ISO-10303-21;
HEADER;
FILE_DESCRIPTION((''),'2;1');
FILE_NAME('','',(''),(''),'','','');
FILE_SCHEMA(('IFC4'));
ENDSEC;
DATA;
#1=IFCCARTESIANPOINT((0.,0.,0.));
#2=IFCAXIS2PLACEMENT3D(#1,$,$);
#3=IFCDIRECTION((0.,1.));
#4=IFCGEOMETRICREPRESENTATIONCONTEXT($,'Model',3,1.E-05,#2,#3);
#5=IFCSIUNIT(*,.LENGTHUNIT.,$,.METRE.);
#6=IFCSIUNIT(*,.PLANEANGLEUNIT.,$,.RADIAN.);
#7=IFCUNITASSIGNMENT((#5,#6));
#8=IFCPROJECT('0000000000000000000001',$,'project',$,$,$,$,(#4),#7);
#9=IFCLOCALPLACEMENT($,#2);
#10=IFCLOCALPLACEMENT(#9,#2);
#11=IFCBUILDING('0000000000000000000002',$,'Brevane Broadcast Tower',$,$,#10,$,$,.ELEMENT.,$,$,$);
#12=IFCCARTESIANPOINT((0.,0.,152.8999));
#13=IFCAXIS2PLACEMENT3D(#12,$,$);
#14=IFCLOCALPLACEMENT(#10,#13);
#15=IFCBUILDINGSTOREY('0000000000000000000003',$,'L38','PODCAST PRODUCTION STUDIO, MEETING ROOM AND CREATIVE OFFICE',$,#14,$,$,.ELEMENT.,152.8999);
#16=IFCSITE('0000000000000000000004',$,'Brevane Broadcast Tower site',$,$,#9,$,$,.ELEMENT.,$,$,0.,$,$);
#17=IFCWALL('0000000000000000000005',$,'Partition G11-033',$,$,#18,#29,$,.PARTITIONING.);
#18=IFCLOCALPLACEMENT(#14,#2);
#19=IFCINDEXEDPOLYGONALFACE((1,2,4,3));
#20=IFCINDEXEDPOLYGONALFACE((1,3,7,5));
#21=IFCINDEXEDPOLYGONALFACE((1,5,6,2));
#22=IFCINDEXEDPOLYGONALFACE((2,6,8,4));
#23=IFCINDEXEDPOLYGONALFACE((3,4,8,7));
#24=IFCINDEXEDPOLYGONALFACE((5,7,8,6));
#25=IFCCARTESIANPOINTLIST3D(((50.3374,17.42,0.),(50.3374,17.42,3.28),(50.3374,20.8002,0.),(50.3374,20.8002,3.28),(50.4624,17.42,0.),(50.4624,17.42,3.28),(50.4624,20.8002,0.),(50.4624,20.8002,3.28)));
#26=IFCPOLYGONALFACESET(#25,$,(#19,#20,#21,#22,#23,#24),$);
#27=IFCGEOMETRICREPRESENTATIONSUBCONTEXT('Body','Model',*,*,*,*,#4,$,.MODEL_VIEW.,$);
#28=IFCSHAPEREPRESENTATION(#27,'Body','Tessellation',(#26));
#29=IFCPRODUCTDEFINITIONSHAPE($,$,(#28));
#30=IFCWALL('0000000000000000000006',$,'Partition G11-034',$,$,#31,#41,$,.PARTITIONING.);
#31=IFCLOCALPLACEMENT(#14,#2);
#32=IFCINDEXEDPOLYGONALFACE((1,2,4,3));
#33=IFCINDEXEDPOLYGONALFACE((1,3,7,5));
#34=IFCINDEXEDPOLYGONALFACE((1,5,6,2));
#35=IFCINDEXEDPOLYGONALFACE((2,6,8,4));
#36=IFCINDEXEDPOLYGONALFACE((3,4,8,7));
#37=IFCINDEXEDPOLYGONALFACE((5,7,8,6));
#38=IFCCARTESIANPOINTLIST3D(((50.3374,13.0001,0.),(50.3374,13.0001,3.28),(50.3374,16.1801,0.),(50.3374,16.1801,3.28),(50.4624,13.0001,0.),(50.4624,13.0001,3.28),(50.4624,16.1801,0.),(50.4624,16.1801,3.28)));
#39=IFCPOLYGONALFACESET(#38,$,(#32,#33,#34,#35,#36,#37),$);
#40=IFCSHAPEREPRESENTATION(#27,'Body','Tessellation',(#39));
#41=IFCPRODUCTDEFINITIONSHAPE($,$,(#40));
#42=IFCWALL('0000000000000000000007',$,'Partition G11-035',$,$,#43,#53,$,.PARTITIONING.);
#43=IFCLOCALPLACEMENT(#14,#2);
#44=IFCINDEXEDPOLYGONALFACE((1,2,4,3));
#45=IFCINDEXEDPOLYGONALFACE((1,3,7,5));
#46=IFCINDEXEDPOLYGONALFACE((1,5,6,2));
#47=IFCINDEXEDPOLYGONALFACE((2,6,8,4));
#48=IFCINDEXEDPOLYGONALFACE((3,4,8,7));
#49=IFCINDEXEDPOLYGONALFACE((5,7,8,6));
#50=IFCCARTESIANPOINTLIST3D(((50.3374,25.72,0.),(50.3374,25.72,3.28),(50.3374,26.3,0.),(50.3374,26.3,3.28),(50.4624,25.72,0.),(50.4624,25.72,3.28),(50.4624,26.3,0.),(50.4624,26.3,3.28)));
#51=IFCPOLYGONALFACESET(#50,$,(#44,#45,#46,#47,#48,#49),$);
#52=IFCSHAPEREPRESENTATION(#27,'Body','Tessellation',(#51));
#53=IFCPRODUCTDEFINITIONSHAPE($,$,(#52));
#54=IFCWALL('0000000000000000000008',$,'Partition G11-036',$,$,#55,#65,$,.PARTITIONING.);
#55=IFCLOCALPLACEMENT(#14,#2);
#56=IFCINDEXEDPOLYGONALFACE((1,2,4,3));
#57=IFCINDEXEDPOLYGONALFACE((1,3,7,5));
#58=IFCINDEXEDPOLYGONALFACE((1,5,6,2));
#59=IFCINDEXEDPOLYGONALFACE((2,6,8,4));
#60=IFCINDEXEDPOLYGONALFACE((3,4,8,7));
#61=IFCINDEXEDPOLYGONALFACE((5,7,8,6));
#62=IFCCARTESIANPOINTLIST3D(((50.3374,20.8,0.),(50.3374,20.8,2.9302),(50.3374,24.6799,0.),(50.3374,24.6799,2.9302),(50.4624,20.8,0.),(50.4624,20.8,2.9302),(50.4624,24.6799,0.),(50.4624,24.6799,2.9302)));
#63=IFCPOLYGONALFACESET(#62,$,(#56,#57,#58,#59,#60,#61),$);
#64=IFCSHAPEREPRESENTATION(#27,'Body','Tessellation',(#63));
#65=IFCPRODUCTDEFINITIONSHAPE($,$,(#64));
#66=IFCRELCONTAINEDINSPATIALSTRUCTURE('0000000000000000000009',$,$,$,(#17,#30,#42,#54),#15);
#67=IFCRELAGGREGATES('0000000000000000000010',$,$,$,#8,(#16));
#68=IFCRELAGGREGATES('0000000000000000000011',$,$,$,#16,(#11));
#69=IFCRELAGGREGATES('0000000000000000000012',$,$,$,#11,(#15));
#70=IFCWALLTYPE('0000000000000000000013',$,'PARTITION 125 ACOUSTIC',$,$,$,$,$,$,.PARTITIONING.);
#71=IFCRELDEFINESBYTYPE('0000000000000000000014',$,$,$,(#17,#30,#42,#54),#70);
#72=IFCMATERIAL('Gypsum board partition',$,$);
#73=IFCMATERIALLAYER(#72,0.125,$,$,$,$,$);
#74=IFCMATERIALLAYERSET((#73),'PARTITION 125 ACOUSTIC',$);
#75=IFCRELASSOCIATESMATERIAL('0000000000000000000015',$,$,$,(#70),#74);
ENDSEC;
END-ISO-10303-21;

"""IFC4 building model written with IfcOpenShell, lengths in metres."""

from ifc_helpers import new_model, si_unit, direction, frame, frame_2d, origin, place, context, subcontext, project, spatial, rectangle, extrude, material, layer, layer_set, type_object, element, save


model = new_model("IFC4")

# Units and contexts
model_context = context("Model", 3, precision=1e-05, world=origin(), true_north=direction((0.0, 1.0)))
body_context = subcontext(model_context, "Body", "Model", "MODEL_VIEW")
ifc_project = project(units=[si_unit("LENGTHUNIT", "METRE"), si_unit("PLANEANGLEUNIT", "RADIAN")], contexts=[model_context])

# Site, building, storey
site_placement = place(None, origin())
site = spatial("IfcSite", under=ifc_project, at=site_placement, Name="Brevane Broadcast Tower site", CompositionType="ELEMENT", RefElevation=0.0)
building_placement = place(site_placement, origin())
building = spatial("IfcBuilding", under=site, at=building_placement, Name="Brevane Broadcast Tower", CompositionType="ELEMENT")
storey_placement = place(building_placement, frame((0.0, 0.0, 152.8999)))
storey = spatial("IfcBuildingStorey", under=building, at=storey_placement, Name="L38", Description="PODCAST PRODUCTION STUDIO, MEETING ROOM AND CREATIVE OFFICE", CompositionType="ELEMENT", Elevation=152.8999)

# Shared definitions
ifc_material_1 = material(Name="Gypsum board partition")

# Walls
ifc_layer_1 = layer(ifc_material_1, 0.125)
ifc_layer_set_1 = layer_set([ifc_layer_1], Name="PARTITION 125 ACOUSTIC")
wall_type_1 = type_object("IfcWallType", Name="PARTITION 125 ACOUSTIC", PredefinedType="PARTITIONING", material=ifc_layer_set_1)
wall_1_placement = place(storey_placement, frame((50.3999, 20.8, 0.0), z_axis=(0.0, 0.0, 1.0), x_axis=(0.0, -1.0, 0.0)))
element("IfcWall", 1, at=wall_1_placement, inside=storey, type_object=wall_type_1, Name="Partition G11-033", PredefinedType="PARTITIONING", context=body_context, shape_type="SweptSolid", body=[
    extrude(rectangle(XDim=3.3801, YDim=0.125, at=frame_2d((1.6899, 0.0))), origin(), (0.0, 0.0, 1.0), 3.28),
])
wall_2_placement = place(storey_placement, frame((50.3999, 16.1799, 0.0), z_axis=(0.0, 0.0, 1.0), x_axis=(0.0, -1.0, 0.0)))
element("IfcWall", 2, at=wall_2_placement, inside=storey, type_object=wall_type_1, Name="Partition G11-034", PredefinedType="PARTITIONING", context=body_context, shape_type="SweptSolid", body=[
    extrude(rectangle(XDim=3.1799, YDim=0.125, at=frame_2d((1.5898, 0.0))), origin(), (0.0, 0.0, 1.0), 3.28),
])
wall_3_placement = place(storey_placement, frame((50.3999, 26.3, 0.0), z_axis=(0.0, 0.0, 1.0), x_axis=(0.0, -1.0, 0.0)))
element("IfcWall", 3, at=wall_3_placement, inside=storey, type_object=wall_type_1, Name="Partition G11-035", PredefinedType="PARTITIONING", context=body_context, shape_type="SweptSolid", body=[
    extrude(rectangle(XDim=0.5801, YDim=0.125, at=frame_2d((0.29, 0.0))), origin(), (0.0, 0.0, 1.0), 3.28),
])
wall_4_placement = place(storey_placement, frame((50.3999, 24.6799, 0.0), z_axis=(0.0, 0.0, 1.0), x_axis=(0.0, -1.0, 0.0)))
element("IfcWall", 4, at=wall_4_placement, inside=storey, type_object=wall_type_1, Name="Partition G11-036", PredefinedType="PARTITIONING", context=body_context, shape_type="SweptSolid", body=[
    extrude(rectangle(XDim=3.8799, YDim=0.125, at=frame_2d((1.9399, 0.0))), origin(), (0.0, 0.0, 1.0), 2.9302),
])

save(model, "model.ifc")
